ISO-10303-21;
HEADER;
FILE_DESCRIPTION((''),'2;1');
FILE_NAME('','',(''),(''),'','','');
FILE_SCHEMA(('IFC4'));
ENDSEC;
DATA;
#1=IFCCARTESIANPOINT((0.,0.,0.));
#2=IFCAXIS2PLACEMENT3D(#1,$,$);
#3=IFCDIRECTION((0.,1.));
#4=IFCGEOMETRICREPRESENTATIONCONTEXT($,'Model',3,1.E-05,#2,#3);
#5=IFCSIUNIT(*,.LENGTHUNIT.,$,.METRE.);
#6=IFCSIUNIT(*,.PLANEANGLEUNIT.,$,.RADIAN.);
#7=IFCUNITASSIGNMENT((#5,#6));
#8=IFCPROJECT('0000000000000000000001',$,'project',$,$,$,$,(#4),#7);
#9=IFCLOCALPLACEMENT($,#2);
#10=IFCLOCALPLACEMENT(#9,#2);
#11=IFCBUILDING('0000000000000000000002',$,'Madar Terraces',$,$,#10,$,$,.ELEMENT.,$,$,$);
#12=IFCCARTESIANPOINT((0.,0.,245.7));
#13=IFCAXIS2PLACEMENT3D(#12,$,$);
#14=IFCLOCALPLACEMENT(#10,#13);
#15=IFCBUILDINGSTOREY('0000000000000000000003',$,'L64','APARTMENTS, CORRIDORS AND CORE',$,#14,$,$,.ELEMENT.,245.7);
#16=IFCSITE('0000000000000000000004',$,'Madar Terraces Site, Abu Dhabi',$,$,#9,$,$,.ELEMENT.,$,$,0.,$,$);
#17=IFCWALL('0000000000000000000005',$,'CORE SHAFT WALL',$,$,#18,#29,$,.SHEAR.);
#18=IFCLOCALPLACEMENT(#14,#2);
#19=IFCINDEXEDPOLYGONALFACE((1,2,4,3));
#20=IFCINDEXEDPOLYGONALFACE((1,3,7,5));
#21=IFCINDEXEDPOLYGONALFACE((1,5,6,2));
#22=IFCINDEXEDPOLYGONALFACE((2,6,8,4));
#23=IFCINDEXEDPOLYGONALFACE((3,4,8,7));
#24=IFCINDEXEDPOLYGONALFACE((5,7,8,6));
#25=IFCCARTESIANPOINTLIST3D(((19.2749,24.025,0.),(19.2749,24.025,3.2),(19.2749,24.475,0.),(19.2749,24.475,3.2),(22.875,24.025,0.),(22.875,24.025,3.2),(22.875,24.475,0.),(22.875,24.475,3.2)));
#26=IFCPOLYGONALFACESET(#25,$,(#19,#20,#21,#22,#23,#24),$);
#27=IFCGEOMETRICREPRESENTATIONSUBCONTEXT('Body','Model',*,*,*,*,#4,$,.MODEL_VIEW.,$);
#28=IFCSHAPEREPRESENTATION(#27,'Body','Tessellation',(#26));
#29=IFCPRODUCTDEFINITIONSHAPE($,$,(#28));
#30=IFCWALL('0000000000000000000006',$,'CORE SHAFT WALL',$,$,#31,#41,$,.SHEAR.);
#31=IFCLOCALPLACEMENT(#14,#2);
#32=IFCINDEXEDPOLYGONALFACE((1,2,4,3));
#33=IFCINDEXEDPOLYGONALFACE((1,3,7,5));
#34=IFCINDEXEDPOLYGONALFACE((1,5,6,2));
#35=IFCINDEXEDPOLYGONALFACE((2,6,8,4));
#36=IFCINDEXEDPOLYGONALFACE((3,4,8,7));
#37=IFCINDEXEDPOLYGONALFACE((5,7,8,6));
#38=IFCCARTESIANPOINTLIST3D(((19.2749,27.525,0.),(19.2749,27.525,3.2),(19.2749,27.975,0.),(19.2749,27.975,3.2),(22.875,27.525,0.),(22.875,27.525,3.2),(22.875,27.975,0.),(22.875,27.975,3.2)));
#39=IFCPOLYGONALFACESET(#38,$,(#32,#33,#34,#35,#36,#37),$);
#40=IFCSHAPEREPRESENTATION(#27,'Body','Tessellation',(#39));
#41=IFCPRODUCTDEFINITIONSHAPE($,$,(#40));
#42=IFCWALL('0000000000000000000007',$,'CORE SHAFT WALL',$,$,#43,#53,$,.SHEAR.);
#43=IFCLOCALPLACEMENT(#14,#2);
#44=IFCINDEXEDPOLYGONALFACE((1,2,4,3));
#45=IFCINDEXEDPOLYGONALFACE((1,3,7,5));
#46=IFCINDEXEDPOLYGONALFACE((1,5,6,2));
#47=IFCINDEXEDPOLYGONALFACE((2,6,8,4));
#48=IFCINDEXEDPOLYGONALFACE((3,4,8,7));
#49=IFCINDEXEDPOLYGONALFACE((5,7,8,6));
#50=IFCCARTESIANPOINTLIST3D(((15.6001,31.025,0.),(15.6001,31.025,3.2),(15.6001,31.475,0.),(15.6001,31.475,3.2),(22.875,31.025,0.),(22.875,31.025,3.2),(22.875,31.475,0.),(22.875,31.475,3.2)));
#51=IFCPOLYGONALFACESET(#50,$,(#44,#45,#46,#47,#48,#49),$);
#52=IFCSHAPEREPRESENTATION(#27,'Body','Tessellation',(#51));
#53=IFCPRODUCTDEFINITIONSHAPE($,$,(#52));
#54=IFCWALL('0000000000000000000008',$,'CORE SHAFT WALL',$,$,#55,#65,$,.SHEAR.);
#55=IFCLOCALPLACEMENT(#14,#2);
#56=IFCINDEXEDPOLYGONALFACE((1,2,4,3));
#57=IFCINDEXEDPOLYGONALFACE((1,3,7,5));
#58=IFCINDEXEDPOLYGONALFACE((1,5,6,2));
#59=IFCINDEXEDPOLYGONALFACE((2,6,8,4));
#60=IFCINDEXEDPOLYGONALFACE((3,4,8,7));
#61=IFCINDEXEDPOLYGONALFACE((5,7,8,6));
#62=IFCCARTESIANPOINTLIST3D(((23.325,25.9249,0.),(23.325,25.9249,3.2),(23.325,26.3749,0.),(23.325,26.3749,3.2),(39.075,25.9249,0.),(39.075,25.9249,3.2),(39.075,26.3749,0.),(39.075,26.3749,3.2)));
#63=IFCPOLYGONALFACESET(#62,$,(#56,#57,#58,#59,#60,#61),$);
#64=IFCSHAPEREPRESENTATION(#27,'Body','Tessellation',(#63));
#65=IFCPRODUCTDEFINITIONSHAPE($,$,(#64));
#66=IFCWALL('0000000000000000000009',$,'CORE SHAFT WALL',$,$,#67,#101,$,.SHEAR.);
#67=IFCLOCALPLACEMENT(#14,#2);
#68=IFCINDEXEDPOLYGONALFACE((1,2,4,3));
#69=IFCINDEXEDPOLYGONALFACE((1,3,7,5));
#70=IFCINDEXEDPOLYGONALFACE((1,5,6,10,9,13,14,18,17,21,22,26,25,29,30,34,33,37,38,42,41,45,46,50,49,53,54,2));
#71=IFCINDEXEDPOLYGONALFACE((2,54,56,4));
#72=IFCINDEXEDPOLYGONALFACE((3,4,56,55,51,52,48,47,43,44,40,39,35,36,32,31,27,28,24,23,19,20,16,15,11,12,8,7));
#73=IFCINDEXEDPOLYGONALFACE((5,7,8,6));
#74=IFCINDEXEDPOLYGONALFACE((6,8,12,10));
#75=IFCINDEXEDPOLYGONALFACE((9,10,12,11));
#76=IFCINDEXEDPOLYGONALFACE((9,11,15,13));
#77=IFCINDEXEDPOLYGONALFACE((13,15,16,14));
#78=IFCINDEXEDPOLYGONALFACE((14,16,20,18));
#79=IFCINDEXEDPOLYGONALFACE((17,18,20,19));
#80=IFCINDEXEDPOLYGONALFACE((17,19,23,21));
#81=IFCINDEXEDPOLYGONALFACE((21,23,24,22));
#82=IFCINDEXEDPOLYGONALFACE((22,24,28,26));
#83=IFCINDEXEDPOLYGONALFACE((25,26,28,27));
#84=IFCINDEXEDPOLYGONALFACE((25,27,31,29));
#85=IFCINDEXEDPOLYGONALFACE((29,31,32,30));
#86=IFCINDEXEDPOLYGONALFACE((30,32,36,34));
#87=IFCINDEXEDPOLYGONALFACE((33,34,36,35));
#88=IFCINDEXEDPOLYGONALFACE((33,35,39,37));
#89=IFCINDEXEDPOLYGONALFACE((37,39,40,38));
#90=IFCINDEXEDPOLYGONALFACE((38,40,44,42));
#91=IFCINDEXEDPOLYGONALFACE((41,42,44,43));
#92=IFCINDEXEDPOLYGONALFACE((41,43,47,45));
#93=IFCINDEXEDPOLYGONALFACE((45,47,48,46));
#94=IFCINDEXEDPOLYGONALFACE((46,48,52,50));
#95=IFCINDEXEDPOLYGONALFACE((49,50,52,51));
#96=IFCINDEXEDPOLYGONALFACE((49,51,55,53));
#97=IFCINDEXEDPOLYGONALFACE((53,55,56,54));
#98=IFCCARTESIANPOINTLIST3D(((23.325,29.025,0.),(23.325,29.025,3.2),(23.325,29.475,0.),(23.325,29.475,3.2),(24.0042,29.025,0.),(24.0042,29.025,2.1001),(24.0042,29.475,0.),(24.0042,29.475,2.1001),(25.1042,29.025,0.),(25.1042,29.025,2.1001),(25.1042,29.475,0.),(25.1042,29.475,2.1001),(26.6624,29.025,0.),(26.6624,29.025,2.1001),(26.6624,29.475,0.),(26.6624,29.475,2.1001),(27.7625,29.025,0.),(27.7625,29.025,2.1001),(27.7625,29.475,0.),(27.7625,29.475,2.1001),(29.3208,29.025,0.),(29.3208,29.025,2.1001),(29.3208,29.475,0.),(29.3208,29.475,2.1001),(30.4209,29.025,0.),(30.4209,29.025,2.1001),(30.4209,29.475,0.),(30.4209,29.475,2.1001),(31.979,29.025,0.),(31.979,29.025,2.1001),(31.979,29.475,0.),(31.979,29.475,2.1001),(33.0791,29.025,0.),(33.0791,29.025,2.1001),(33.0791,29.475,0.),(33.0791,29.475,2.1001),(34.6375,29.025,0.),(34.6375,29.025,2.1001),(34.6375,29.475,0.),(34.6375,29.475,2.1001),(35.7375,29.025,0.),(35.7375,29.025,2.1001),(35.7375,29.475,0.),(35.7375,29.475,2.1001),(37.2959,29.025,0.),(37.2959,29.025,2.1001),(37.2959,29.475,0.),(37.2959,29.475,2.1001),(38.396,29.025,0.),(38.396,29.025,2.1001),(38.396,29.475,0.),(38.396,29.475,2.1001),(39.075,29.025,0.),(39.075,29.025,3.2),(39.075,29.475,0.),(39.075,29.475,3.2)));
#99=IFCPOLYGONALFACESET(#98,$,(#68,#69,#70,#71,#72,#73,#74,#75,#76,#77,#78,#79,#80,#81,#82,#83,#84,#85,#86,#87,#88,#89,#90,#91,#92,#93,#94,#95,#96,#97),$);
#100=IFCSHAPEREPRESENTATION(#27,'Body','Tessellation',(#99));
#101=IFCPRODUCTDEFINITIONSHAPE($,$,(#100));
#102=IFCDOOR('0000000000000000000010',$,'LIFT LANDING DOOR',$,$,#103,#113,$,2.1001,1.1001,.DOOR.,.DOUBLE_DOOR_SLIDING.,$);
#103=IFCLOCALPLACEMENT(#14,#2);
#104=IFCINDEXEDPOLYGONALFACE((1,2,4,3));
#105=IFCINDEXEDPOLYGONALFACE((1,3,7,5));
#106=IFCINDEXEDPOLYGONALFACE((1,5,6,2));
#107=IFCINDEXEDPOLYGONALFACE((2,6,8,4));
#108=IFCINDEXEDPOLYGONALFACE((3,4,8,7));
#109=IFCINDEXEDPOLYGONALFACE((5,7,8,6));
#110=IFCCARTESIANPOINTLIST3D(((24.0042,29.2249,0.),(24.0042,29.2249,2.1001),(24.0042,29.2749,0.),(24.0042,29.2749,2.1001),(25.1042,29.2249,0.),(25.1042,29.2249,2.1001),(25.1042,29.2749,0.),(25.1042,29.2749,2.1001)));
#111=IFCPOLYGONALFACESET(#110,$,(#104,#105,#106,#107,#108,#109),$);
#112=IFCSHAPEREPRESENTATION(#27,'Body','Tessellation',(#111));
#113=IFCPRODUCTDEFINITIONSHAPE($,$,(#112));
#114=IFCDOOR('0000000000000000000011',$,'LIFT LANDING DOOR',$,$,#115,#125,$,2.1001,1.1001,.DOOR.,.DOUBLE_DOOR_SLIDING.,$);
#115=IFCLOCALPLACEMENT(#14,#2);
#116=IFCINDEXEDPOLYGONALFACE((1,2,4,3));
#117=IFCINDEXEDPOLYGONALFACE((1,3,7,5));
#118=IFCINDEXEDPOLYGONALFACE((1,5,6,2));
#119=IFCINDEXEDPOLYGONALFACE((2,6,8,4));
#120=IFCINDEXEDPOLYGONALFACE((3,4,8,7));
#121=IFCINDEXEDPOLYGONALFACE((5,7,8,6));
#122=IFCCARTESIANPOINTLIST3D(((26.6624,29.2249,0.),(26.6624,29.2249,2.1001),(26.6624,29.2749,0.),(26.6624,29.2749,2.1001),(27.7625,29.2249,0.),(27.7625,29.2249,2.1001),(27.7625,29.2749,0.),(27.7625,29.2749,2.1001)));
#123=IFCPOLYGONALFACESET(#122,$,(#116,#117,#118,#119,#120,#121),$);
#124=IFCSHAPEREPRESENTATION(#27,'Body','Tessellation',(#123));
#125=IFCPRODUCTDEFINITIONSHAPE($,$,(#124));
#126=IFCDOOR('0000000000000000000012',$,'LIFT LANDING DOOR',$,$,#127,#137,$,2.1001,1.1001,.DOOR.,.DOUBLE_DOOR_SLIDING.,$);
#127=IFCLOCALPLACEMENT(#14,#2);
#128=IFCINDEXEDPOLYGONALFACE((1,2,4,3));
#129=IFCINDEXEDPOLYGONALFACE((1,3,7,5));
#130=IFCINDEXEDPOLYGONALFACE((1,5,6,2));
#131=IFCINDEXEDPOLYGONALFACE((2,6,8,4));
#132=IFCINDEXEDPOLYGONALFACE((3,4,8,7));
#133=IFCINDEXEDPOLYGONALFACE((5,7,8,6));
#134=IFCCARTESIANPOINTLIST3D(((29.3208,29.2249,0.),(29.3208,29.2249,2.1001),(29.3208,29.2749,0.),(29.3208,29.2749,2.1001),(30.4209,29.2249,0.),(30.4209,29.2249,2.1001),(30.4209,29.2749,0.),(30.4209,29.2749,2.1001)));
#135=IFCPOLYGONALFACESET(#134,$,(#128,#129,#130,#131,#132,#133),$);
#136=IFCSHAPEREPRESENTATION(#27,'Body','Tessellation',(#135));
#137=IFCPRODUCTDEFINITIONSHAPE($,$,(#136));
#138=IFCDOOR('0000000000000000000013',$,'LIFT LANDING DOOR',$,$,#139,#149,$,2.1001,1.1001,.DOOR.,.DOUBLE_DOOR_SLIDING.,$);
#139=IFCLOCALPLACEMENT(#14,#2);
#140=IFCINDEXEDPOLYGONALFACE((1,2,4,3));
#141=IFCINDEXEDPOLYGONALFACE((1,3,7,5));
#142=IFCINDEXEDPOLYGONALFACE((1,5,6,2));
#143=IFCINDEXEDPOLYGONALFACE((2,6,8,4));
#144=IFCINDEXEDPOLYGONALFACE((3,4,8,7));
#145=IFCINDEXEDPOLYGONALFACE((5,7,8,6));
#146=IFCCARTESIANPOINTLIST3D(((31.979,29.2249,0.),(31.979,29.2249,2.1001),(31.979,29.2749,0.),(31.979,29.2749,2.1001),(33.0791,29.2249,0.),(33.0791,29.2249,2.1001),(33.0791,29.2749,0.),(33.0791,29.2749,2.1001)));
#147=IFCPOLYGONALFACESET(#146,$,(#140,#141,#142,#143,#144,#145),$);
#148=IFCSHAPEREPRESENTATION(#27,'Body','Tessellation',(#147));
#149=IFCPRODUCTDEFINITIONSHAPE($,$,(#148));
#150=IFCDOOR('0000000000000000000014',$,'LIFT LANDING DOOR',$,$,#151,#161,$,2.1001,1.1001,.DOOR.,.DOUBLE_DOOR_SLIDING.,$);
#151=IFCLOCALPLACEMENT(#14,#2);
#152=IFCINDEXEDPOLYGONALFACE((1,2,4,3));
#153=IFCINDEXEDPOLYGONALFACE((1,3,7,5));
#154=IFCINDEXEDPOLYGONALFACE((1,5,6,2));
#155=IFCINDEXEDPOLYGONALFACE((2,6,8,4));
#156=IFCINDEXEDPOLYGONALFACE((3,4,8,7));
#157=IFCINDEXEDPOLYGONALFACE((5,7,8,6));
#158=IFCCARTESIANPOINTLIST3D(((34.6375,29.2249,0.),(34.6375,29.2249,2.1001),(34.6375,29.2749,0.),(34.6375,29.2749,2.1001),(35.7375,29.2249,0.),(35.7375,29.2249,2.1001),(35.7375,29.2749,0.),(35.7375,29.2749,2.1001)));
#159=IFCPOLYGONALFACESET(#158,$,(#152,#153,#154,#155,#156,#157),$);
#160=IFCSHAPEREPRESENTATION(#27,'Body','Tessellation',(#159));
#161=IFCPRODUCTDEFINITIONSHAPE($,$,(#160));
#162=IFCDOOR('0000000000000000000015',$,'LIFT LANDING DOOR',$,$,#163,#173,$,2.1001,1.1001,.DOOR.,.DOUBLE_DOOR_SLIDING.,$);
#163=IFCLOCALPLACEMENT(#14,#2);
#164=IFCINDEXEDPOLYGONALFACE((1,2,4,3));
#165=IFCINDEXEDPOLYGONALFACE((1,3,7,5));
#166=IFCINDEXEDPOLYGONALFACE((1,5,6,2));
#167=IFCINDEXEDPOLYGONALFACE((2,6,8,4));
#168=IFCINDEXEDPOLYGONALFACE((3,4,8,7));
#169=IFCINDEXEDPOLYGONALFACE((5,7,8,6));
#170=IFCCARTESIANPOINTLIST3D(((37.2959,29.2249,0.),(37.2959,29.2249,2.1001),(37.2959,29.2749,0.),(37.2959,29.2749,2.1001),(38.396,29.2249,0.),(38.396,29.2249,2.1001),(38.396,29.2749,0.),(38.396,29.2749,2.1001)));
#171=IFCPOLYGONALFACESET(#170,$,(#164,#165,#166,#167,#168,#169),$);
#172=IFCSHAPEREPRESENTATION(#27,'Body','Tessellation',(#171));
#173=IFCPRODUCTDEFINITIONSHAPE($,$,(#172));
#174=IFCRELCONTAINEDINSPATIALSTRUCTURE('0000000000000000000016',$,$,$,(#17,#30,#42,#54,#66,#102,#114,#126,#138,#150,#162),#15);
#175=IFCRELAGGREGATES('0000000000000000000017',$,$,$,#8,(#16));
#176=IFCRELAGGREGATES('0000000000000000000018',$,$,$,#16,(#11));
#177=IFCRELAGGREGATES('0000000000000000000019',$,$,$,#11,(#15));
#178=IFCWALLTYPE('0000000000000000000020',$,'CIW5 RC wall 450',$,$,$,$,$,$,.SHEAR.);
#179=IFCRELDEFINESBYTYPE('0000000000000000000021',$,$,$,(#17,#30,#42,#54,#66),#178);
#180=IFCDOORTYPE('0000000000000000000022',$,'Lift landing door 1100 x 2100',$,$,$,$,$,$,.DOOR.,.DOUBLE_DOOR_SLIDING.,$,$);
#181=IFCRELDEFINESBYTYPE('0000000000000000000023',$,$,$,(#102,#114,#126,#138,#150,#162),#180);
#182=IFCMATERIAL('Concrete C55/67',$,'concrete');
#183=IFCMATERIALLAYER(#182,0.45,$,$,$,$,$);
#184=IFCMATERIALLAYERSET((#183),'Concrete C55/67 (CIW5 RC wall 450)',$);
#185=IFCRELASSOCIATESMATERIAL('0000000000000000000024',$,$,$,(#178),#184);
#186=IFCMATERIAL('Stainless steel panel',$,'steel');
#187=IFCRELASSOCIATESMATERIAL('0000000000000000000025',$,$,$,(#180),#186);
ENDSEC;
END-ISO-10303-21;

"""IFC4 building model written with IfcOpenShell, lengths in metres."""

from ifc_helpers import new_model, si_unit, direction, frame, frame_2d, origin, place, context, subcontext, project, spatial, rectangle, extrude, material, layer, layer_set, type_object, element, fill, save


model = new_model("IFC4")

# Units and contexts
model_context = context("Model", 3, precision=1e-05, world=origin(), true_north=direction((0.0, 1.0)))
body_context = subcontext(model_context, "Body", "Model", "MODEL_VIEW")
ifc_project = project(units=[si_unit("LENGTHUNIT", "METRE"), si_unit("PLANEANGLEUNIT", "RADIAN")], contexts=[model_context])

# Site, building, storey
site_placement = place(None, origin())
site = spatial("IfcSite", under=ifc_project, at=site_placement, Name="Madar Terraces Site, Abu Dhabi", CompositionType="ELEMENT", RefElevation=0.0)
building_placement = place(site_placement, origin())
building = spatial("IfcBuilding", under=site, at=building_placement, Name="Madar Terraces", CompositionType="ELEMENT")
storey_placement = place(building_placement, frame((0.0, 0.0, 245.7)))
storey = spatial("IfcBuildingStorey", under=building, at=storey_placement, Name="L64", Description="APARTMENTS, CORRIDORS AND CORE", CompositionType="ELEMENT", Elevation=245.7)

# Walls
ifc_material_1 = material(Name="Concrete C55/67", Category="concrete")
ifc_layer_1 = layer(ifc_material_1, 0.45)
ifc_layer_set_1 = layer_set([ifc_layer_1], Name="Concrete C55/67 (CIW5 RC wall 450)")
wall_type_1 = type_object("IfcWallType", Name="CIW5 RC wall 450", PredefinedType="SHEAR", material=ifc_layer_set_1)
for number, where, z_axis, x_axis, name in (
    (1, (19.2749, 24.25, 0.0), (0.0, 0.0, 1.0), (1.0, 0.0, 0.0), "CORE SHAFT WALL"),
    (2, (19.2749, 27.75, 0.0), (0.0, 0.0, 1.0), (1.0, 0.0, 0.0), "CORE SHAFT WALL"),
):
    element("IfcWall", number, at=place(storey_placement, frame(where, z_axis=z_axis, x_axis=x_axis)), inside=storey, type_object=wall_type_1, Name=name, PredefinedType="SHEAR", context=body_context, shape_type="SweptSolid", body=[
        extrude(rectangle(XDim=3.6001, YDim=0.45, at=frame_2d((1.8, 0.0))), origin(), (0.0, 0.0, 1.0), 3.2),
    ])
wall_1_placement = place(storey_placement, frame((15.6001, 31.25, 0.0), z_axis=(0.0, 0.0, 1.0), x_axis=(1.0, 0.0, 0.0)))
element("IfcWall", 3, at=wall_1_placement, inside=storey, type_object=wall_type_1, Name="CORE SHAFT WALL", PredefinedType="SHEAR", context=body_context, shape_type="SweptSolid", body=[
    extrude(rectangle(XDim=7.2749, YDim=0.45, at=frame_2d((3.6375, 0.0))), origin(), (0.0, 0.0, 1.0), 3.2),
])
wall_2_placement = place(storey_placement, frame((23.325, 26.1499, 0.0), z_axis=(0.0, 0.0, 1.0), x_axis=(1.0, 0.0, 0.0)))
element("IfcWall", 4, at=wall_2_placement, inside=storey, type_object=wall_type_1, Name="CORE SHAFT WALL", PredefinedType="SHEAR", context=body_context, shape_type="SweptSolid", body=[
    extrude(rectangle(XDim=15.75, YDim=0.45, at=frame_2d((7.875, 0.0))), origin(), (0.0, 0.0, 1.0), 3.2),
])

# Wall, openings, doors
wall_3_placement = place(storey_placement, frame((23.325, 29.25, 0.0), z_axis=(0.0, 0.0, 1.0), x_axis=(1.0, 0.0, 0.0)))
wall_3 = element("IfcWall", 5, at=wall_3_placement, inside=storey, type_object=wall_type_1, Name="CORE SHAFT WALL", PredefinedType="SHEAR", context=body_context, shape_type="SweptSolid", body=[
    extrude(rectangle(XDim=15.75, YDim=0.45, at=frame_2d((7.875, 0.0))), origin(), (0.0, 0.0, 1.0), 3.2),
])
opening_1_placement = place(wall_3_placement, frame((0.6792, 0.0, 0.0)))
opening_1 = element("IfcOpeningElement", 6, at=opening_1_placement, cuts=wall_3, PredefinedType="OPENING", context=body_context, shape_type="SweptSolid", body=[
    extrude(rectangle(XDim=1.1001, YDim=2.1001, at=frame_2d((0.55, 1.05))), frame((0.0, 0.2349, 0.0), z_axis=(0.0, -1.0, 0.0), x_axis=(1.0, 0.0, 0.0)), (0.0, 0.0, 1.0), 0.47),
])
opening_2_placement = place(wall_3_placement, frame((3.3374, 0.0, 0.0)))
opening_2 = element("IfcOpeningElement", 7, at=opening_2_placement, cuts=wall_3, PredefinedType="OPENING", context=body_context, shape_type="SweptSolid", body=[
    extrude(rectangle(XDim=1.1001, YDim=2.1001, at=frame_2d((0.55, 1.05))), frame((0.0, 0.2349, 0.0), z_axis=(0.0, -1.0, 0.0), x_axis=(1.0, 0.0, 0.0)), (0.0, 0.0, 1.0), 0.47),
])
opening_3_placement = place(wall_3_placement, frame((5.9958, 0.0, 0.0)))
opening_3 = element("IfcOpeningElement", 8, at=opening_3_placement, cuts=wall_3, PredefinedType="OPENING", context=body_context, shape_type="SweptSolid", body=[
    extrude(rectangle(XDim=1.1001, YDim=2.1001, at=frame_2d((0.55, 1.05))), frame((0.0, 0.2349, 0.0), z_axis=(0.0, -1.0, 0.0), x_axis=(1.0, 0.0, 0.0)), (0.0, 0.0, 1.0), 0.47),
])
opening_4_placement = place(wall_3_placement, frame((8.6541, 0.0, 0.0)))
opening_4 = element("IfcOpeningElement", 9, at=opening_4_placement, cuts=wall_3, PredefinedType="OPENING", context=body_context, shape_type="SweptSolid", body=[
    extrude(rectangle(XDim=1.1001, YDim=2.1001, at=frame_2d((0.55, 1.05))), frame((0.0, 0.2349, 0.0), z_axis=(0.0, -1.0, 0.0), x_axis=(1.0, 0.0, 0.0)), (0.0, 0.0, 1.0), 0.47),
])
opening_5_placement = place(wall_3_placement, frame((11.3125, 0.0, 0.0)))
opening_5 = element("IfcOpeningElement", 10, at=opening_5_placement, cuts=wall_3, PredefinedType="OPENING", context=body_context, shape_type="SweptSolid", body=[
    extrude(rectangle(XDim=1.1001, YDim=2.1001, at=frame_2d((0.55, 1.05))), frame((0.0, 0.2349, 0.0), z_axis=(0.0, -1.0, 0.0), x_axis=(1.0, 0.0, 0.0)), (0.0, 0.0, 1.0), 0.47),
])
opening_6_placement = place(wall_3_placement, frame((13.9709, 0.0, 0.0)))
opening_6 = element("IfcOpeningElement", 11, at=opening_6_placement, cuts=wall_3, PredefinedType="OPENING", context=body_context, shape_type="SweptSolid", body=[
    extrude(rectangle(XDim=1.1001, YDim=2.1001, at=frame_2d((0.55, 1.05))), frame((0.0, 0.2349, 0.0), z_axis=(0.0, -1.0, 0.0), x_axis=(1.0, 0.0, 0.0)), (0.0, 0.0, 1.0), 0.47),
])
ifc_material_2 = material(Name="Stainless steel panel", Category="steel")
door_type_1 = type_object("IfcDoorType", Name="Lift landing door 1100 x 2100", OperationType="DOUBLE_DOOR_SLIDING", PredefinedType="DOOR", material=ifc_material_2)
door_1_placement = place(opening_1_placement, origin())
door_1 = element("IfcDoor", 12, at=door_1_placement, inside=storey, type_object=door_type_1, Name="LIFT LANDING DOOR", OperationType="DOUBLE_DOOR_SLIDING", OverallHeight=2.1001, OverallWidth=1.1001, PredefinedType="DOOR", context=body_context, shape_type="SweptSolid", body=[
    extrude(rectangle(XDim=1.1001, YDim=2.1001, at=frame_2d((0.55, 1.05))), frame((0.0, 0.0249, 0.0), z_axis=(0.0, -1.0, 0.0), x_axis=(1.0, 0.0, 0.0)), (0.0, 0.0, 1.0), 0.05),
])
fill(opening_1, door_1)
door_2_placement = place(opening_2_placement, origin())
door_2 = element("IfcDoor", 13, at=door_2_placement, inside=storey, type_object=door_type_1, Name="LIFT LANDING DOOR", OperationType="DOUBLE_DOOR_SLIDING", OverallHeight=2.1001, OverallWidth=1.1001, PredefinedType="DOOR", context=body_context, shape_type="SweptSolid", body=[
    extrude(rectangle(XDim=1.1001, YDim=2.1001, at=frame_2d((0.55, 1.05))), frame((0.0, 0.0249, 0.0), z_axis=(0.0, -1.0, 0.0), x_axis=(1.0, 0.0, 0.0)), (0.0, 0.0, 1.0), 0.05),
])
fill(opening_2, door_2)
door_3_placement = place(opening_3_placement, origin())
door_3 = element("IfcDoor", 14, at=door_3_placement, inside=storey, type_object=door_type_1, Name="LIFT LANDING DOOR", OperationType="DOUBLE_DOOR_SLIDING", OverallHeight=2.1001, OverallWidth=1.1001, PredefinedType="DOOR", context=body_context, shape_type="SweptSolid", body=[
    extrude(rectangle(XDim=1.1001, YDim=2.1001, at=frame_2d((0.55, 1.05))), frame((0.0, 0.0249, 0.0), z_axis=(0.0, -1.0, 0.0), x_axis=(1.0, 0.0, 0.0)), (0.0, 0.0, 1.0), 0.05),
])
fill(opening_3, door_3)
door_4_placement = place(opening_4_placement, origin())
door_4 = element("IfcDoor", 15, at=door_4_placement, inside=storey, type_object=door_type_1, Name="LIFT LANDING DOOR", OperationType="DOUBLE_DOOR_SLIDING", OverallHeight=2.1001, OverallWidth=1.1001, PredefinedType="DOOR", context=body_context, shape_type="SweptSolid", body=[
    extrude(rectangle(XDim=1.1001, YDim=2.1001, at=frame_2d((0.55, 1.05))), frame((0.0, 0.0249, 0.0), z_axis=(0.0, -1.0, 0.0), x_axis=(1.0, 0.0, 0.0)), (0.0, 0.0, 1.0), 0.05),
])
fill(opening_4, door_4)
door_5_placement = place(opening_5_placement, origin())
door_5 = element("IfcDoor", 16, at=door_5_placement, inside=storey, type_object=door_type_1, Name="LIFT LANDING DOOR", OperationType="DOUBLE_DOOR_SLIDING", OverallHeight=2.1001, OverallWidth=1.1001, PredefinedType="DOOR", context=body_context, shape_type="SweptSolid", body=[
    extrude(rectangle(XDim=1.1001, YDim=2.1001, at=frame_2d((0.55, 1.05))), frame((0.0, 0.0249, 0.0), z_axis=(0.0, -1.0, 0.0), x_axis=(1.0, 0.0, 0.0)), (0.0, 0.0, 1.0), 0.05),
])
fill(opening_5, door_5)
door_6_placement = place(opening_6_placement, origin())
door_6 = element("IfcDoor", 17, at=door_6_placement, inside=storey, type_object=door_type_1, Name="LIFT LANDING DOOR", OperationType="DOUBLE_DOOR_SLIDING", OverallHeight=2.1001, OverallWidth=1.1001, PredefinedType="DOOR", context=body_context, shape_type="SweptSolid", body=[
    extrude(rectangle(XDim=1.1001, YDim=2.1001, at=frame_2d((0.55, 1.05))), frame((0.0, 0.0249, 0.0), z_axis=(0.0, -1.0, 0.0), x_axis=(1.0, 0.0, 0.0)), (0.0, 0.0, 1.0), 0.05),
])
fill(opening_6, door_6)

save(model, "model.ifc")
